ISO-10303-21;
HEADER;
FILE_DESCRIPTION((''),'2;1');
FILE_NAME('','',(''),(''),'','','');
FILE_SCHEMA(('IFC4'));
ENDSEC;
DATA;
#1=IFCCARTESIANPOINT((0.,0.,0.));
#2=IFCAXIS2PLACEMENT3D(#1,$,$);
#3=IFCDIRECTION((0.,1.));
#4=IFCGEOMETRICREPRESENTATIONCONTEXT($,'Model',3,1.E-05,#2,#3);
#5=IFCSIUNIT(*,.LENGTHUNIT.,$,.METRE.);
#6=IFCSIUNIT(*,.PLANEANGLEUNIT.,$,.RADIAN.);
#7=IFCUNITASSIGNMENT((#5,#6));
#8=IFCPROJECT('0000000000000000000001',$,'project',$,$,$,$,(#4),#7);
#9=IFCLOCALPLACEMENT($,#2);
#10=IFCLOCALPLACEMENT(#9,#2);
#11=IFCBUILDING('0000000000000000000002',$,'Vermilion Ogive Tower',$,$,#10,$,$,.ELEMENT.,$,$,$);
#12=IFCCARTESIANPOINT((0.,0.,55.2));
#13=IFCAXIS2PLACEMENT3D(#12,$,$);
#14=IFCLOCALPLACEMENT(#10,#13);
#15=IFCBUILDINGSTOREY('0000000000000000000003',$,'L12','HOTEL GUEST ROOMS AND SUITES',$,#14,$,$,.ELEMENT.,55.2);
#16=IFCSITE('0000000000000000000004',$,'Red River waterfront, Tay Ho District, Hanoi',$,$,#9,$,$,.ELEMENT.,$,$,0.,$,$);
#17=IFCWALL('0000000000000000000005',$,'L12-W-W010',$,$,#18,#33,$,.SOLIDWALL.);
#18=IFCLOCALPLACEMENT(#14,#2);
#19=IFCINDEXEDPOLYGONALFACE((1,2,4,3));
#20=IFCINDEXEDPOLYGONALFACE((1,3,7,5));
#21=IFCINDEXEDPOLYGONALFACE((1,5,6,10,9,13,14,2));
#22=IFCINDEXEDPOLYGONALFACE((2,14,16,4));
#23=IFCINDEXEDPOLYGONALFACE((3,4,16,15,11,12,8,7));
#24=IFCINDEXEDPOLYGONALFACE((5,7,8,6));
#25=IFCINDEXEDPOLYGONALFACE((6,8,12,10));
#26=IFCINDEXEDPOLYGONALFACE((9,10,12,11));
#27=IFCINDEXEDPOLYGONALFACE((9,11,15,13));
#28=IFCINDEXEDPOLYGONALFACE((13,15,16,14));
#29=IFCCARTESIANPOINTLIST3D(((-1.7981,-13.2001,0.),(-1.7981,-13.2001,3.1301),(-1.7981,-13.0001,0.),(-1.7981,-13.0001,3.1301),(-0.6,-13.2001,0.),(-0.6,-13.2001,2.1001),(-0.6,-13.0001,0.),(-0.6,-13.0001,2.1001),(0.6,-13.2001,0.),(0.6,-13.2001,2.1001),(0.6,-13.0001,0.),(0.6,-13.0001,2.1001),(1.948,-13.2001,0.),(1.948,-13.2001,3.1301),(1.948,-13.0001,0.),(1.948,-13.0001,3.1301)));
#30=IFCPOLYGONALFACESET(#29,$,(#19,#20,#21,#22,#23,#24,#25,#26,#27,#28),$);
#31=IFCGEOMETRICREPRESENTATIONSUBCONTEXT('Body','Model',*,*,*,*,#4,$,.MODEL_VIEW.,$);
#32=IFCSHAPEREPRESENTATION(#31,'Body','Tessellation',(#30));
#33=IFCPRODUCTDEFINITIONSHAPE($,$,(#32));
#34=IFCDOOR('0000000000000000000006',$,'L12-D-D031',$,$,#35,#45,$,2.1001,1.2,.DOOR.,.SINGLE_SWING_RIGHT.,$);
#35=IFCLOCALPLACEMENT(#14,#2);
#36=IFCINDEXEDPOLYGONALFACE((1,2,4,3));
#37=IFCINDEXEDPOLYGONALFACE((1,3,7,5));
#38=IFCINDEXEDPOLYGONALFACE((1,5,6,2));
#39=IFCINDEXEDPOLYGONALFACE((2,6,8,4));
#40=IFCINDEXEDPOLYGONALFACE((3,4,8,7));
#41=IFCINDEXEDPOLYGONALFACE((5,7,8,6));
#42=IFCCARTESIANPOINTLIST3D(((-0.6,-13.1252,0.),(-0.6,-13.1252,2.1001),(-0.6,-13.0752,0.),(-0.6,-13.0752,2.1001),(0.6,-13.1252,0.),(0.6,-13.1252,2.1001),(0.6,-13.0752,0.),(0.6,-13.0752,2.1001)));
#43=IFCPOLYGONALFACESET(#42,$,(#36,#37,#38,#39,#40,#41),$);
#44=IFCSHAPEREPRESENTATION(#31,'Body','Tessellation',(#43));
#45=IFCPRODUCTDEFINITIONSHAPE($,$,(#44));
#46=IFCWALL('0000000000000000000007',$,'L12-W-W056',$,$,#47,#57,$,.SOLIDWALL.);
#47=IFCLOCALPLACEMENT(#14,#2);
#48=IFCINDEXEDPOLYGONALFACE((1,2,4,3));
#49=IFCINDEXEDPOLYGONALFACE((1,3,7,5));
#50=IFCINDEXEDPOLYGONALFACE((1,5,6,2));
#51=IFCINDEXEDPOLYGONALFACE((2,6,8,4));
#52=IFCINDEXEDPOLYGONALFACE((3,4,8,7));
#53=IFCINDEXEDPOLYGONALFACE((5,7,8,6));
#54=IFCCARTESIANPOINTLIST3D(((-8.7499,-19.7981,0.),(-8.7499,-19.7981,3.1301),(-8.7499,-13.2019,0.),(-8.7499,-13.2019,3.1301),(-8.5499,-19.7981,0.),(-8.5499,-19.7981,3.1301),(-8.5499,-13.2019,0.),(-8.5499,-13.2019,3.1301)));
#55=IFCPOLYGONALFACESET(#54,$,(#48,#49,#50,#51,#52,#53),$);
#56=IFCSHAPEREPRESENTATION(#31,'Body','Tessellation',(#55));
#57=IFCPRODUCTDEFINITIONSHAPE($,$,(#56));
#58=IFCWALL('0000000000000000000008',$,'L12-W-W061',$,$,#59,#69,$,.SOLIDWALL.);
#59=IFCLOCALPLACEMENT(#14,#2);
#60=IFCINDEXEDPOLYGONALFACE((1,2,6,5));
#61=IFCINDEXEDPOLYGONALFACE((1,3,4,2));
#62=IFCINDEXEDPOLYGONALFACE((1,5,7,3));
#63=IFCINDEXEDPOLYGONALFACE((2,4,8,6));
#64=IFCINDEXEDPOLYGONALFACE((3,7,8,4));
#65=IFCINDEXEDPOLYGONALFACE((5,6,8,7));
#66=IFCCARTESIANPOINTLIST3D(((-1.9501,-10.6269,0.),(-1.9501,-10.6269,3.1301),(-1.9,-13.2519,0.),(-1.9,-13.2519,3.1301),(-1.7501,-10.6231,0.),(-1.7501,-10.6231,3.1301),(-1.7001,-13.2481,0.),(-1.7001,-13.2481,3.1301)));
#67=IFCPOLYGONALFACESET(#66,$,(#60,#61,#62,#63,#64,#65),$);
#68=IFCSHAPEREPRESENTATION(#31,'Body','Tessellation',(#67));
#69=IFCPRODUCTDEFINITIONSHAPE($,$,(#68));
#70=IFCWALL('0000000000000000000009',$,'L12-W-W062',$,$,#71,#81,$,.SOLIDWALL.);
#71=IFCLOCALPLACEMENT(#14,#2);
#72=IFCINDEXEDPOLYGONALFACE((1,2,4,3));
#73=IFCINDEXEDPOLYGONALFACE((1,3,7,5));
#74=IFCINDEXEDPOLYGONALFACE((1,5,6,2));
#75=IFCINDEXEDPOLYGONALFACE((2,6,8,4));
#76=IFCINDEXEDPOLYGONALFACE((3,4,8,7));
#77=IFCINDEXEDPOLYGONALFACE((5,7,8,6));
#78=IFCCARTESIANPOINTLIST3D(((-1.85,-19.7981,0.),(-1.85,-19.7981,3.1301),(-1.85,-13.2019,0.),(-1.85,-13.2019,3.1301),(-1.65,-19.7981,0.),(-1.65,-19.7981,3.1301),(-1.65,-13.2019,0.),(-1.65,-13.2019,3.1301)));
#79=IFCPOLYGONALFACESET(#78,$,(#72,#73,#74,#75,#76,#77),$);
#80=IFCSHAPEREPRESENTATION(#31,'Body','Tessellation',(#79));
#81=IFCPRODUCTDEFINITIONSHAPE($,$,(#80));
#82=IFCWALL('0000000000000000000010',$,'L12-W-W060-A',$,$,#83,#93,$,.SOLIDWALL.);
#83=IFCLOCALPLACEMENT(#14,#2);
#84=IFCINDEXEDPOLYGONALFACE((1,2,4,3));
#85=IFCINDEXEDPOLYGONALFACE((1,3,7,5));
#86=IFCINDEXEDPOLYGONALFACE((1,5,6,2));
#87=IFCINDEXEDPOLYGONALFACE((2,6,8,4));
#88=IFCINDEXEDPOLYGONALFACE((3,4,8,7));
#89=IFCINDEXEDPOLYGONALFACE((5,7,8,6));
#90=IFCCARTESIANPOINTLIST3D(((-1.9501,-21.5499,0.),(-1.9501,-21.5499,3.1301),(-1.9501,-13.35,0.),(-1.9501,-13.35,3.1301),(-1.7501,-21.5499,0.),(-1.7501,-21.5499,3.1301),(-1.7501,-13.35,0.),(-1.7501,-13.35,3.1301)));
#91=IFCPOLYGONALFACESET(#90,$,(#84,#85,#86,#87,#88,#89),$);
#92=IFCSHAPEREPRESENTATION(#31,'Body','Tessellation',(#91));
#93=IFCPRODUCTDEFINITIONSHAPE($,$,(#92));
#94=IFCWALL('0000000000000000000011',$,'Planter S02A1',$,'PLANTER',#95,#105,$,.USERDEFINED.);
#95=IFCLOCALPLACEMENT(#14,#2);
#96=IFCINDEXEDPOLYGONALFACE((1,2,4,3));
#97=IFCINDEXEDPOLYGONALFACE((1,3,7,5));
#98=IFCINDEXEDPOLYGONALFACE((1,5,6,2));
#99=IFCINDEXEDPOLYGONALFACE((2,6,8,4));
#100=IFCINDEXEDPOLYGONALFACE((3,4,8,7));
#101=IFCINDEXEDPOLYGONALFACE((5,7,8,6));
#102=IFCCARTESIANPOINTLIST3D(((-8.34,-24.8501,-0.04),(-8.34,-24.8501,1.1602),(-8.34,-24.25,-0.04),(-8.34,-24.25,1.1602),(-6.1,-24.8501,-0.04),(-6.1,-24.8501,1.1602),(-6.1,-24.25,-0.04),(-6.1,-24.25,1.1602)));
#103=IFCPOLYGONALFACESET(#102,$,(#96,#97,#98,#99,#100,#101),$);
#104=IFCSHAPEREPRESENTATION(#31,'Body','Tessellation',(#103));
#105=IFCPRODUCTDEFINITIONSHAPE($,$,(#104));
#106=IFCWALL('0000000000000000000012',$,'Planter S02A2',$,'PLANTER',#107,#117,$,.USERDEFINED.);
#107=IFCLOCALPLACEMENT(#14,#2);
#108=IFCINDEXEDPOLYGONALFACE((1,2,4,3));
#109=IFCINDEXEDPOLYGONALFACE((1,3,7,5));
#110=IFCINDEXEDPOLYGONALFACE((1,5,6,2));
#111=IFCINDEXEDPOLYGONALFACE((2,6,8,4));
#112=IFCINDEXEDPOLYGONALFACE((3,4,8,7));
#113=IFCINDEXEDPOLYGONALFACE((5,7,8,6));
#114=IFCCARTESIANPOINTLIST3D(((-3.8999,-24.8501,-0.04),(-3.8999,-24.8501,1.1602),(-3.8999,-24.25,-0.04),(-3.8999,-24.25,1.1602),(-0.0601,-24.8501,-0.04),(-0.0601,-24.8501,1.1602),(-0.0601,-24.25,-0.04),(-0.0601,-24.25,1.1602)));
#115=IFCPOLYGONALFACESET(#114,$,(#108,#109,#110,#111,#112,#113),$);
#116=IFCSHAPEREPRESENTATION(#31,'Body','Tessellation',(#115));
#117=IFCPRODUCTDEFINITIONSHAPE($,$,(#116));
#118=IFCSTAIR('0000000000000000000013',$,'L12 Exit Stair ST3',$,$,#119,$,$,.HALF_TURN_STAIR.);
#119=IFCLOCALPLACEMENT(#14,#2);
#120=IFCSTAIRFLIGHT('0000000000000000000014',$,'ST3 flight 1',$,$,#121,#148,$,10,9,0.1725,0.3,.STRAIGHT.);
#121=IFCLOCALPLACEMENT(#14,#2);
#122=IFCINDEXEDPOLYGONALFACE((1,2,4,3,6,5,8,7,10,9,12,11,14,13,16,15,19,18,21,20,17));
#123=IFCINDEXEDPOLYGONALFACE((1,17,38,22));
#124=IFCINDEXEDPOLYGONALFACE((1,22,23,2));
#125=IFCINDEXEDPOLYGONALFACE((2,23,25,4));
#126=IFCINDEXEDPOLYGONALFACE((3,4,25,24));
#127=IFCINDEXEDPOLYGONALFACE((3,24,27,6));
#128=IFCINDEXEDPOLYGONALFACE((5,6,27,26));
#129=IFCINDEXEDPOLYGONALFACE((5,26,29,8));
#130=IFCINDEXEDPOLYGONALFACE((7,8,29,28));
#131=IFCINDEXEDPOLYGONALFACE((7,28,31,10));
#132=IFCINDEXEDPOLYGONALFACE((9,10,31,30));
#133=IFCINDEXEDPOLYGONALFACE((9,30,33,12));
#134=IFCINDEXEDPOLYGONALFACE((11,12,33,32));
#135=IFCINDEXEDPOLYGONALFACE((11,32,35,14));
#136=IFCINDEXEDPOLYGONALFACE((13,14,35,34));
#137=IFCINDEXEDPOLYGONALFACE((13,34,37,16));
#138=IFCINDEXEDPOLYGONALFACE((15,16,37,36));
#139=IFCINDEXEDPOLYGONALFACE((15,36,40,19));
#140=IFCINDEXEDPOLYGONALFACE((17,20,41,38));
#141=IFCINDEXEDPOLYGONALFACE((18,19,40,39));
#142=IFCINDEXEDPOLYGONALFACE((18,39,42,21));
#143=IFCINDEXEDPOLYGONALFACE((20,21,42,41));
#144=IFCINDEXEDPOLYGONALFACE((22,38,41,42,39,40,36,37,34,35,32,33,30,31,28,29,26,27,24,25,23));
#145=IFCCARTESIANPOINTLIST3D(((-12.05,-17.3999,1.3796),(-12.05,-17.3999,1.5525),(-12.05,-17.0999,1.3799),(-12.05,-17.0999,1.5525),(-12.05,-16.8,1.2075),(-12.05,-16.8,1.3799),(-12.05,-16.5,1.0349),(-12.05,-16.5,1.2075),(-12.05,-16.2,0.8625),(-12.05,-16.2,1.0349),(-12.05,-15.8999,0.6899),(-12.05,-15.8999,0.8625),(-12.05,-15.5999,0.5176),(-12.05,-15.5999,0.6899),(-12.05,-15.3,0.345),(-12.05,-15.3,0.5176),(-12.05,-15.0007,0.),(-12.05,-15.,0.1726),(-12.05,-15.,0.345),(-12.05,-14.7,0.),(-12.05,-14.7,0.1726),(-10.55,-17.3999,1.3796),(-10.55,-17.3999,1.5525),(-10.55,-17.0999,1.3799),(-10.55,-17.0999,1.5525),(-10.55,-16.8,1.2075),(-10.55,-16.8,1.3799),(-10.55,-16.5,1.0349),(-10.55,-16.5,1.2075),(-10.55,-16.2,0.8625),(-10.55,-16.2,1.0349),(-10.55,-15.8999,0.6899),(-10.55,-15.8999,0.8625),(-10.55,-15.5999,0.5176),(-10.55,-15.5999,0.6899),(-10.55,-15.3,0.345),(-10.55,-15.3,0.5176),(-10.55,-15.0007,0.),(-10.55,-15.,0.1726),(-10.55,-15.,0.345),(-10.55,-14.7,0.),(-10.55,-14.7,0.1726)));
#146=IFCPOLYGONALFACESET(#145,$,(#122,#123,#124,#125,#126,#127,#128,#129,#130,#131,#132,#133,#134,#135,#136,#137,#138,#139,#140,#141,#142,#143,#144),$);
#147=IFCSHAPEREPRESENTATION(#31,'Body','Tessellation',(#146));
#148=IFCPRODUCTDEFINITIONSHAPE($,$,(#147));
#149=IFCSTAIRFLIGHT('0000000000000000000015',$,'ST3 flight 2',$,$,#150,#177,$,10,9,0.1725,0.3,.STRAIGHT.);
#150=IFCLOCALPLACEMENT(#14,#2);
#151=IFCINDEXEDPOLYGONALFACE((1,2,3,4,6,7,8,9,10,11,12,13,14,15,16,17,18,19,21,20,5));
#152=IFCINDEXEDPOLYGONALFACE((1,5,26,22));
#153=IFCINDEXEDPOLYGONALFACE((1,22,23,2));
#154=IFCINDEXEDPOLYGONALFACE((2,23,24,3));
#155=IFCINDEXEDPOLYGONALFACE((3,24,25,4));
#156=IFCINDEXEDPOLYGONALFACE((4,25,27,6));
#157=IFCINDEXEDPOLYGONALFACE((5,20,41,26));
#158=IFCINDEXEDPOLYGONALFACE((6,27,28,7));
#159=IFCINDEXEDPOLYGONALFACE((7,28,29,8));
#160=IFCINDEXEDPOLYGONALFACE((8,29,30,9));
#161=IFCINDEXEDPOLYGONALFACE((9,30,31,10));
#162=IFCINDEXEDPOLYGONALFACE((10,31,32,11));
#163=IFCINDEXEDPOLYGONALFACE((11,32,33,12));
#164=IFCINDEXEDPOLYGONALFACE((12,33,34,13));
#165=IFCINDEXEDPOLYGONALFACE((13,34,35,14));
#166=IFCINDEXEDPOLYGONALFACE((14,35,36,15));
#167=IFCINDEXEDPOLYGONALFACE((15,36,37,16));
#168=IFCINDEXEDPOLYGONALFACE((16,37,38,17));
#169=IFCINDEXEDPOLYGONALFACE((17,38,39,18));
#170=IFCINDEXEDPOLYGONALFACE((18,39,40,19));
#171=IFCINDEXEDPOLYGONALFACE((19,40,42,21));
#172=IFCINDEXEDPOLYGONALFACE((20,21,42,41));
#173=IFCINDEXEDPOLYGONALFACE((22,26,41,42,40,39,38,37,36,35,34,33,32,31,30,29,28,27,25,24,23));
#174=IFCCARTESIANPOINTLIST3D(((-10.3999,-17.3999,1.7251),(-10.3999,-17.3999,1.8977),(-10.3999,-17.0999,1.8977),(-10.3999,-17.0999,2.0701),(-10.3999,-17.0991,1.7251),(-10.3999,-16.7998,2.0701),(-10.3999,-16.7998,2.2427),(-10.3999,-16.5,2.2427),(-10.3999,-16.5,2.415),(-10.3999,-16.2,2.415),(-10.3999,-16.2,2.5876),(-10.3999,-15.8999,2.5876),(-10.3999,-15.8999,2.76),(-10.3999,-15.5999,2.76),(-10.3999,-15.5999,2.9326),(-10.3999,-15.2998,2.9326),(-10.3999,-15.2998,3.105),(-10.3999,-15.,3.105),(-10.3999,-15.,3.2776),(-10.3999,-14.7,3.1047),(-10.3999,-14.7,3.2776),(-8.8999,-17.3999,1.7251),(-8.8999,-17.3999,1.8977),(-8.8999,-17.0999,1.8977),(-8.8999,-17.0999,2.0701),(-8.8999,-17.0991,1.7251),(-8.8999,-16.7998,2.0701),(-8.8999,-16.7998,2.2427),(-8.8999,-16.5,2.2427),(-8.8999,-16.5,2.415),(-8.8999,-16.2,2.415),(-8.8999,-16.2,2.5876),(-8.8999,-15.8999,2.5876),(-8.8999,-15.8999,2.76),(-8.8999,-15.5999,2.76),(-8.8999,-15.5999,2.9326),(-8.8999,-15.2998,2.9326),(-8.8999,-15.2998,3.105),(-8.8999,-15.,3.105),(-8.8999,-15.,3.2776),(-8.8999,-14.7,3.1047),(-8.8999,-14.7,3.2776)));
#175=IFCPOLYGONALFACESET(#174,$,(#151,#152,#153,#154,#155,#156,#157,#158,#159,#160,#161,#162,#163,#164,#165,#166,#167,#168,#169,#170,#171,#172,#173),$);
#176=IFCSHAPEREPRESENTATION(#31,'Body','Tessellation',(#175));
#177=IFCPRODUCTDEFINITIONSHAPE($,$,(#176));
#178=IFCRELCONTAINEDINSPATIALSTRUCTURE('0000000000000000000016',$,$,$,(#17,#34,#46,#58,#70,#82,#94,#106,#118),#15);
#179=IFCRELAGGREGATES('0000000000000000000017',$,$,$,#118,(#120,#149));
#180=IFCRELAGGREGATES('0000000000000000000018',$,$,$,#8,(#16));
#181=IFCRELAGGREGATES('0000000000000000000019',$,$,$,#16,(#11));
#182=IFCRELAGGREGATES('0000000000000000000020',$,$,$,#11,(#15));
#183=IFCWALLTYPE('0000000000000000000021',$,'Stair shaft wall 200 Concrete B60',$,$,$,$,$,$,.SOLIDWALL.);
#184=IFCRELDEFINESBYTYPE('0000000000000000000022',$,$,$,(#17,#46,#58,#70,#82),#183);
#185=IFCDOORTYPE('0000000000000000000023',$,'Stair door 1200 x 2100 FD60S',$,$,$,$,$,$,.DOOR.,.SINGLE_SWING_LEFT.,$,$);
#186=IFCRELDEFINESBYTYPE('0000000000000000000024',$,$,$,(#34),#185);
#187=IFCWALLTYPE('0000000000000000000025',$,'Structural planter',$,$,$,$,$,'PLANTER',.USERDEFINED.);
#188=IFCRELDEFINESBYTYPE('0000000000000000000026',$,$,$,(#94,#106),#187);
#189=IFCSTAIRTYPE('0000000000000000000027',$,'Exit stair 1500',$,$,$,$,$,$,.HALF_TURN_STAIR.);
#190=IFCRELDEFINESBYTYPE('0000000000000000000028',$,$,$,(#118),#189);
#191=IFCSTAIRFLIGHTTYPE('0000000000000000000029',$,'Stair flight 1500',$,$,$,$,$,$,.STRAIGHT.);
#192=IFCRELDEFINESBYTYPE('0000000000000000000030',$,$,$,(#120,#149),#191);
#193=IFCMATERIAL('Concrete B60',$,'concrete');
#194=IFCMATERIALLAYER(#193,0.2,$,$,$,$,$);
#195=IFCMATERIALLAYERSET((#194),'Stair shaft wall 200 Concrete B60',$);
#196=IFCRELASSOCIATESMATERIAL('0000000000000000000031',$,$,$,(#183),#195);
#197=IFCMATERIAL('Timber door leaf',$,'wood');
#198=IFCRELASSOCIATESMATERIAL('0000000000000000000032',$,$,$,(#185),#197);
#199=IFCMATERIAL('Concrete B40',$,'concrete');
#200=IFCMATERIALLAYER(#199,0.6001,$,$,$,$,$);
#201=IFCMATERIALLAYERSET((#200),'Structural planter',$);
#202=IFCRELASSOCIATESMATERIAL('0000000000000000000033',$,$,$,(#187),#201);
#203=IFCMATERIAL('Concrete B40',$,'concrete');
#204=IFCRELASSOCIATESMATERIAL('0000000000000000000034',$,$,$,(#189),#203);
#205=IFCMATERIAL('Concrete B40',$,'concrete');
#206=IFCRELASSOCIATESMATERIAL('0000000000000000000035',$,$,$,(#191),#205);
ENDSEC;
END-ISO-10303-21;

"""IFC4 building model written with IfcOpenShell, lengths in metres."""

from ifc_helpers import new_model, si_unit, direction, frame, frame_2d, origin, place, context, subcontext, project, spatial, polyline, rectangle, outline, extrude, material, layer, layer_set, type_object, element, fill, aggregate, save


model = new_model("IFC4")

# Units and contexts
model_context = context("Model", 3, precision=1e-05, world=origin(), true_north=direction((0.0, 1.0)))
body_context = subcontext(model_context, "Body", "Model", "MODEL_VIEW")
ifc_project = project(units=[si_unit("LENGTHUNIT", "METRE"), si_unit("PLANEANGLEUNIT", "RADIAN")], contexts=[model_context])

# Site, building, storey
site_placement = place(None, origin())
site = spatial("IfcSite", under=ifc_project, at=site_placement, Name="Red River waterfront, Tay Ho District, Hanoi", CompositionType="ELEMENT", RefElevation=0.0)
building_placement = place(site_placement, origin())
building = spatial("IfcBuilding", under=site, at=building_placement, Name="Vermilion Ogive Tower", CompositionType="ELEMENT")
storey_placement = place(building_placement, frame((0.0, 0.0, 55.2)))
storey = spatial("IfcBuildingStorey", under=building, at=storey_placement, Name="L12", Description="HOTEL GUEST ROOMS AND SUITES", CompositionType="ELEMENT", Elevation=55.2)

# Shared definitions
ifc_material_1 = material(Name="Concrete B60", Category="concrete")
ifc_layer_1 = layer(ifc_material_1, 0.2)
ifc_layer_set_1 = layer_set([ifc_layer_1], Name="Stair shaft wall 200 Concrete B60")
wall_type_1 = type_object("IfcWallType", Name="Stair shaft wall 200 Concrete B60", PredefinedType="SOLIDWALL", material=ifc_layer_set_1)

# Wall, opening, door
wall_1_placement = place(storey_placement, frame((-1.7981, -13.1001, 0.0), z_axis=(0.0, 0.0, 1.0), x_axis=(1.0, 0.0, 0.0)))
wall_1 = element("IfcWall", 1, at=wall_1_placement, inside=storey, type_object=wall_type_1, Name="L12-W-W010", PredefinedType="SOLIDWALL", context=body_context, shape_type="SweptSolid", body=[
    extrude(rectangle(XDim=3.7461, YDim=0.2, at=frame_2d((1.873, 0.0))), origin(), (0.0, 0.0, 1.0), 3.1301),
])
opening_1_placement = place(wall_1_placement, frame((1.198, 0.0, 0.0)))
opening_1 = element("IfcOpeningElement", 2, at=opening_1_placement, cuts=wall_1, PredefinedType="OPENING", context=body_context, shape_type="SweptSolid", body=[
    extrude(rectangle(XDim=1.2, YDim=2.1001, at=frame_2d((0.6001, 1.05))), frame((0.0, 0.1099, 0.0), z_axis=(0.0, -1.0, 0.0), x_axis=(1.0, 0.0, 0.0)), (0.0, 0.0, 1.0), 0.22),
])
ifc_material_2 = material(Name="Timber door leaf", Category="wood")
door_type_1 = type_object("IfcDoorType", Name="Stair door 1200 x 2100 FD60S", OperationType="SINGLE_SWING_LEFT", PredefinedType="DOOR", material=ifc_material_2)
door_1_placement = place(opening_1_placement, origin())
door_1 = element("IfcDoor", 3, at=door_1_placement, inside=storey, type_object=door_type_1, Name="L12-D-D031", OperationType="SINGLE_SWING_RIGHT", OverallHeight=2.1001, OverallWidth=1.2, PredefinedType="DOOR", context=body_context, shape_type="SweptSolid", body=[
    extrude(rectangle(XDim=1.2, YDim=2.1001, at=frame_2d((0.6001, 1.05))), frame((0.0, 0.0249, 0.0), z_axis=(0.0, -1.0, 0.0), x_axis=(1.0, 0.0, 0.0)), (0.0, 0.0, 1.0), 0.05),
])
fill(opening_1, door_1)

# Walls
wall_2_placement = place(storey_placement, frame((-8.6499, -19.7981, 0.0), z_axis=(0.0, 0.0, 1.0), x_axis=(0.0, 1.0, 0.0)))
element("IfcWall", 4, at=wall_2_placement, inside=storey, type_object=wall_type_1, Name="L12-W-W056", PredefinedType="SOLIDWALL", context=body_context, shape_type="SweptSolid", body=[
    extrude(rectangle(XDim=6.5962, YDim=0.2, at=frame_2d((3.2981, 0.0))), origin(), (0.0, 0.0, 1.0), 3.1301),
])
wall_3_placement = place(storey_placement, frame((-1.8, -13.25, 0.0), z_axis=(0.0, 0.0, 1.0), x_axis=(-0.019063, 0.999818, 0.0)))
element("IfcWall", 5, at=wall_3_placement, inside=storey, type_object=wall_type_1, Name="L12-W-W061", PredefinedType="SOLIDWALL", context=body_context, shape_type="SweptSolid", body=[
    extrude(rectangle(XDim=2.6255, YDim=0.2, at=frame_2d((1.3127, 0.0))), origin(), (0.0, 0.0, 1.0), 3.1301),
])
wall_4_placement = place(storey_placement, frame((-1.75, -19.7981, 0.0), z_axis=(0.0, 0.0, 1.0), x_axis=(0.0, 1.0, 0.0)))
element("IfcWall", 6, at=wall_4_placement, inside=storey, type_object=wall_type_1, Name="L12-W-W062", PredefinedType="SOLIDWALL", context=body_context, shape_type="SweptSolid", body=[
    extrude(rectangle(XDim=6.5962, YDim=0.2, at=frame_2d((3.2981, 0.0))), origin(), (0.0, 0.0, 1.0), 3.1301),
])
wall_5_placement = place(storey_placement, frame((-1.8501, -21.55, 0.0), z_axis=(0.0, 0.0, 1.0), x_axis=(0.0, 1.0, 0.0)))
element("IfcWall", 7, at=wall_5_placement, inside=storey, type_object=wall_type_1, Name="L12-W-W060-A", PredefinedType="SOLIDWALL", context=body_context, shape_type="SweptSolid", body=[
    extrude(rectangle(XDim=8.2, YDim=0.2, at=frame_2d((4.1001, 0.0))), origin(), (0.0, 0.0, 1.0), 3.1301),
])
ifc_material_3 = material(Name="Concrete B40", Category="concrete")
ifc_layer_2 = layer(ifc_material_3, 0.6001)
ifc_layer_set_2 = layer_set([ifc_layer_2], Name="Structural planter")
wall_type_2 = type_object("IfcWallType", Name="Structural planter", ElementType="PLANTER", PredefinedType="USERDEFINED", material=ifc_layer_set_2)
wall_6_placement = place(storey_placement, frame((-8.3401, -24.55, -0.04), z_axis=(0.0, 0.0, 1.0), x_axis=(1.0, 0.0, 0.0)))
element("IfcWall", 8, at=wall_6_placement, inside=storey, type_object=wall_type_2, Name="Planter S02A1", ObjectType="PLANTER", PredefinedType="USERDEFINED", context=body_context, shape_type="SweptSolid", body=[
    extrude(rectangle(XDim=2.24, YDim=0.6001, at=frame_2d((1.1201, 0.0))), origin(), (0.0, 0.0, 1.0), 1.2002),
])
wall_7_placement = place(storey_placement, frame((-3.8999, -24.55, -0.04), z_axis=(0.0, 0.0, 1.0), x_axis=(1.0, 0.0, 0.0)))
element("IfcWall", 9, at=wall_7_placement, inside=storey, type_object=wall_type_2, Name="Planter S02A2", ObjectType="PLANTER", PredefinedType="USERDEFINED", context=body_context, shape_type="SweptSolid", body=[
    extrude(rectangle(XDim=3.8398, YDim=0.6001, at=frame_2d((1.9199, 0.0))), origin(), (0.0, 0.0, 1.0), 1.2002),
])

# Stair, stair flights
ifc_material_4 = material(Name="Concrete B40", Category="concrete")
stair_type = type_object("IfcStairType", Name="Exit stair 1500", PredefinedType="HALF_TURN_STAIR", material=ifc_material_4)
stair_1_placement = place(storey_placement, origin())
stair_1 = element("IfcStair", 10, at=stair_1_placement, inside=storey, type_object=stair_type, Name="L12 Exit Stair ST3", PredefinedType="HALF_TURN_STAIR")
ifc_material_5 = material(Name="Concrete B40", Category="concrete")
stair_flight_type = type_object("IfcStairFlightType", Name="Stair flight 1500", PredefinedType="STRAIGHT", material=ifc_material_5)
stair_flight_1_placement = place(storey_placement, frame((-11.3, -14.7, 0.0), z_axis=(0.0, 0.0, 1.0), x_axis=(0.0, -1.0, 0.0)))
stair_flight_1 = element("IfcStairFlight", 11, at=stair_flight_1_placement, type_object=stair_flight_type, Name="ST3 flight 1", NumberOfRisers=10, NumberOfTreads=9, PredefinedType="STRAIGHT", RiserHeight=0.1725, TreadLength=0.3, context=body_context, shape_type="SweptSolid", body=[
    extrude(outline(polyline([(0.0, 0.0), (0.0, 0.1726), (0.3, 0.1726), (0.3, 0.345), (0.6001, 0.345), (0.6001, 0.5176), (0.8999, 0.5176), (0.8999, 0.6899), (1.2, 0.6899), (1.2, 0.8625), (1.5, 0.8625), (1.5, 1.0349), (1.8, 1.0349), (1.8, 1.2075), (2.1001, 1.2075), (2.1001, 1.3799), (2.3999, 1.3799), (2.3999, 1.5525), (2.7, 1.5525), (2.7, 1.7251), (2.7, 1.3796), (0.3008, 0.0), (0.0, 0.0)])), frame((0.0, 0.75, 0.0), z_axis=(0.0, -1.0, 0.0), x_axis=(1.0, 0.0, 0.0)), (0.0, 0.0, 1.0), 1.5),
])
stair_flight_2_placement = place(storey_placement, frame((-9.6499, -17.3999, 1.7251), z_axis=(0.0, 0.0, 1.0), x_axis=(0.0, 1.0, 0.0)))
stair_flight_2 = element("IfcStairFlight", 12, at=stair_flight_2_placement, type_object=stair_flight_type, Name="ST3 flight 2", NumberOfRisers=10, NumberOfTreads=9, PredefinedType="STRAIGHT", RiserHeight=0.1725, TreadLength=0.3, context=body_context, shape_type="SweptSolid", body=[
    extrude(outline(polyline([(0.0, 0.0), (0.0, 0.1726), (0.3, 0.1726), (0.3, 0.345), (0.6001, 0.345), (0.6001, 0.5176), (0.8999, 0.5176), (0.8999, 0.6899), (1.2, 0.6899), (1.2, 0.8625), (1.5, 0.8625), (1.5, 1.0349), (1.8, 1.0349), (1.8, 1.2075), (2.1001, 1.2075), (2.1001, 1.3799), (2.3999, 1.3799), (2.3999, 1.5525), (2.7, 1.5525), (2.7, 1.7251), (2.7, 1.3796), (0.3008, 0.0), (0.0, 0.0)])), frame((0.0, 0.75, 0.0), z_axis=(0.0, -1.0, 0.0), x_axis=(1.0, 0.0, 0.0)), (0.0, 0.0, 1.0), 1.5),
])
aggregate(stair_1, [stair_flight_1, stair_flight_2])

save(model, "model.ifc")
